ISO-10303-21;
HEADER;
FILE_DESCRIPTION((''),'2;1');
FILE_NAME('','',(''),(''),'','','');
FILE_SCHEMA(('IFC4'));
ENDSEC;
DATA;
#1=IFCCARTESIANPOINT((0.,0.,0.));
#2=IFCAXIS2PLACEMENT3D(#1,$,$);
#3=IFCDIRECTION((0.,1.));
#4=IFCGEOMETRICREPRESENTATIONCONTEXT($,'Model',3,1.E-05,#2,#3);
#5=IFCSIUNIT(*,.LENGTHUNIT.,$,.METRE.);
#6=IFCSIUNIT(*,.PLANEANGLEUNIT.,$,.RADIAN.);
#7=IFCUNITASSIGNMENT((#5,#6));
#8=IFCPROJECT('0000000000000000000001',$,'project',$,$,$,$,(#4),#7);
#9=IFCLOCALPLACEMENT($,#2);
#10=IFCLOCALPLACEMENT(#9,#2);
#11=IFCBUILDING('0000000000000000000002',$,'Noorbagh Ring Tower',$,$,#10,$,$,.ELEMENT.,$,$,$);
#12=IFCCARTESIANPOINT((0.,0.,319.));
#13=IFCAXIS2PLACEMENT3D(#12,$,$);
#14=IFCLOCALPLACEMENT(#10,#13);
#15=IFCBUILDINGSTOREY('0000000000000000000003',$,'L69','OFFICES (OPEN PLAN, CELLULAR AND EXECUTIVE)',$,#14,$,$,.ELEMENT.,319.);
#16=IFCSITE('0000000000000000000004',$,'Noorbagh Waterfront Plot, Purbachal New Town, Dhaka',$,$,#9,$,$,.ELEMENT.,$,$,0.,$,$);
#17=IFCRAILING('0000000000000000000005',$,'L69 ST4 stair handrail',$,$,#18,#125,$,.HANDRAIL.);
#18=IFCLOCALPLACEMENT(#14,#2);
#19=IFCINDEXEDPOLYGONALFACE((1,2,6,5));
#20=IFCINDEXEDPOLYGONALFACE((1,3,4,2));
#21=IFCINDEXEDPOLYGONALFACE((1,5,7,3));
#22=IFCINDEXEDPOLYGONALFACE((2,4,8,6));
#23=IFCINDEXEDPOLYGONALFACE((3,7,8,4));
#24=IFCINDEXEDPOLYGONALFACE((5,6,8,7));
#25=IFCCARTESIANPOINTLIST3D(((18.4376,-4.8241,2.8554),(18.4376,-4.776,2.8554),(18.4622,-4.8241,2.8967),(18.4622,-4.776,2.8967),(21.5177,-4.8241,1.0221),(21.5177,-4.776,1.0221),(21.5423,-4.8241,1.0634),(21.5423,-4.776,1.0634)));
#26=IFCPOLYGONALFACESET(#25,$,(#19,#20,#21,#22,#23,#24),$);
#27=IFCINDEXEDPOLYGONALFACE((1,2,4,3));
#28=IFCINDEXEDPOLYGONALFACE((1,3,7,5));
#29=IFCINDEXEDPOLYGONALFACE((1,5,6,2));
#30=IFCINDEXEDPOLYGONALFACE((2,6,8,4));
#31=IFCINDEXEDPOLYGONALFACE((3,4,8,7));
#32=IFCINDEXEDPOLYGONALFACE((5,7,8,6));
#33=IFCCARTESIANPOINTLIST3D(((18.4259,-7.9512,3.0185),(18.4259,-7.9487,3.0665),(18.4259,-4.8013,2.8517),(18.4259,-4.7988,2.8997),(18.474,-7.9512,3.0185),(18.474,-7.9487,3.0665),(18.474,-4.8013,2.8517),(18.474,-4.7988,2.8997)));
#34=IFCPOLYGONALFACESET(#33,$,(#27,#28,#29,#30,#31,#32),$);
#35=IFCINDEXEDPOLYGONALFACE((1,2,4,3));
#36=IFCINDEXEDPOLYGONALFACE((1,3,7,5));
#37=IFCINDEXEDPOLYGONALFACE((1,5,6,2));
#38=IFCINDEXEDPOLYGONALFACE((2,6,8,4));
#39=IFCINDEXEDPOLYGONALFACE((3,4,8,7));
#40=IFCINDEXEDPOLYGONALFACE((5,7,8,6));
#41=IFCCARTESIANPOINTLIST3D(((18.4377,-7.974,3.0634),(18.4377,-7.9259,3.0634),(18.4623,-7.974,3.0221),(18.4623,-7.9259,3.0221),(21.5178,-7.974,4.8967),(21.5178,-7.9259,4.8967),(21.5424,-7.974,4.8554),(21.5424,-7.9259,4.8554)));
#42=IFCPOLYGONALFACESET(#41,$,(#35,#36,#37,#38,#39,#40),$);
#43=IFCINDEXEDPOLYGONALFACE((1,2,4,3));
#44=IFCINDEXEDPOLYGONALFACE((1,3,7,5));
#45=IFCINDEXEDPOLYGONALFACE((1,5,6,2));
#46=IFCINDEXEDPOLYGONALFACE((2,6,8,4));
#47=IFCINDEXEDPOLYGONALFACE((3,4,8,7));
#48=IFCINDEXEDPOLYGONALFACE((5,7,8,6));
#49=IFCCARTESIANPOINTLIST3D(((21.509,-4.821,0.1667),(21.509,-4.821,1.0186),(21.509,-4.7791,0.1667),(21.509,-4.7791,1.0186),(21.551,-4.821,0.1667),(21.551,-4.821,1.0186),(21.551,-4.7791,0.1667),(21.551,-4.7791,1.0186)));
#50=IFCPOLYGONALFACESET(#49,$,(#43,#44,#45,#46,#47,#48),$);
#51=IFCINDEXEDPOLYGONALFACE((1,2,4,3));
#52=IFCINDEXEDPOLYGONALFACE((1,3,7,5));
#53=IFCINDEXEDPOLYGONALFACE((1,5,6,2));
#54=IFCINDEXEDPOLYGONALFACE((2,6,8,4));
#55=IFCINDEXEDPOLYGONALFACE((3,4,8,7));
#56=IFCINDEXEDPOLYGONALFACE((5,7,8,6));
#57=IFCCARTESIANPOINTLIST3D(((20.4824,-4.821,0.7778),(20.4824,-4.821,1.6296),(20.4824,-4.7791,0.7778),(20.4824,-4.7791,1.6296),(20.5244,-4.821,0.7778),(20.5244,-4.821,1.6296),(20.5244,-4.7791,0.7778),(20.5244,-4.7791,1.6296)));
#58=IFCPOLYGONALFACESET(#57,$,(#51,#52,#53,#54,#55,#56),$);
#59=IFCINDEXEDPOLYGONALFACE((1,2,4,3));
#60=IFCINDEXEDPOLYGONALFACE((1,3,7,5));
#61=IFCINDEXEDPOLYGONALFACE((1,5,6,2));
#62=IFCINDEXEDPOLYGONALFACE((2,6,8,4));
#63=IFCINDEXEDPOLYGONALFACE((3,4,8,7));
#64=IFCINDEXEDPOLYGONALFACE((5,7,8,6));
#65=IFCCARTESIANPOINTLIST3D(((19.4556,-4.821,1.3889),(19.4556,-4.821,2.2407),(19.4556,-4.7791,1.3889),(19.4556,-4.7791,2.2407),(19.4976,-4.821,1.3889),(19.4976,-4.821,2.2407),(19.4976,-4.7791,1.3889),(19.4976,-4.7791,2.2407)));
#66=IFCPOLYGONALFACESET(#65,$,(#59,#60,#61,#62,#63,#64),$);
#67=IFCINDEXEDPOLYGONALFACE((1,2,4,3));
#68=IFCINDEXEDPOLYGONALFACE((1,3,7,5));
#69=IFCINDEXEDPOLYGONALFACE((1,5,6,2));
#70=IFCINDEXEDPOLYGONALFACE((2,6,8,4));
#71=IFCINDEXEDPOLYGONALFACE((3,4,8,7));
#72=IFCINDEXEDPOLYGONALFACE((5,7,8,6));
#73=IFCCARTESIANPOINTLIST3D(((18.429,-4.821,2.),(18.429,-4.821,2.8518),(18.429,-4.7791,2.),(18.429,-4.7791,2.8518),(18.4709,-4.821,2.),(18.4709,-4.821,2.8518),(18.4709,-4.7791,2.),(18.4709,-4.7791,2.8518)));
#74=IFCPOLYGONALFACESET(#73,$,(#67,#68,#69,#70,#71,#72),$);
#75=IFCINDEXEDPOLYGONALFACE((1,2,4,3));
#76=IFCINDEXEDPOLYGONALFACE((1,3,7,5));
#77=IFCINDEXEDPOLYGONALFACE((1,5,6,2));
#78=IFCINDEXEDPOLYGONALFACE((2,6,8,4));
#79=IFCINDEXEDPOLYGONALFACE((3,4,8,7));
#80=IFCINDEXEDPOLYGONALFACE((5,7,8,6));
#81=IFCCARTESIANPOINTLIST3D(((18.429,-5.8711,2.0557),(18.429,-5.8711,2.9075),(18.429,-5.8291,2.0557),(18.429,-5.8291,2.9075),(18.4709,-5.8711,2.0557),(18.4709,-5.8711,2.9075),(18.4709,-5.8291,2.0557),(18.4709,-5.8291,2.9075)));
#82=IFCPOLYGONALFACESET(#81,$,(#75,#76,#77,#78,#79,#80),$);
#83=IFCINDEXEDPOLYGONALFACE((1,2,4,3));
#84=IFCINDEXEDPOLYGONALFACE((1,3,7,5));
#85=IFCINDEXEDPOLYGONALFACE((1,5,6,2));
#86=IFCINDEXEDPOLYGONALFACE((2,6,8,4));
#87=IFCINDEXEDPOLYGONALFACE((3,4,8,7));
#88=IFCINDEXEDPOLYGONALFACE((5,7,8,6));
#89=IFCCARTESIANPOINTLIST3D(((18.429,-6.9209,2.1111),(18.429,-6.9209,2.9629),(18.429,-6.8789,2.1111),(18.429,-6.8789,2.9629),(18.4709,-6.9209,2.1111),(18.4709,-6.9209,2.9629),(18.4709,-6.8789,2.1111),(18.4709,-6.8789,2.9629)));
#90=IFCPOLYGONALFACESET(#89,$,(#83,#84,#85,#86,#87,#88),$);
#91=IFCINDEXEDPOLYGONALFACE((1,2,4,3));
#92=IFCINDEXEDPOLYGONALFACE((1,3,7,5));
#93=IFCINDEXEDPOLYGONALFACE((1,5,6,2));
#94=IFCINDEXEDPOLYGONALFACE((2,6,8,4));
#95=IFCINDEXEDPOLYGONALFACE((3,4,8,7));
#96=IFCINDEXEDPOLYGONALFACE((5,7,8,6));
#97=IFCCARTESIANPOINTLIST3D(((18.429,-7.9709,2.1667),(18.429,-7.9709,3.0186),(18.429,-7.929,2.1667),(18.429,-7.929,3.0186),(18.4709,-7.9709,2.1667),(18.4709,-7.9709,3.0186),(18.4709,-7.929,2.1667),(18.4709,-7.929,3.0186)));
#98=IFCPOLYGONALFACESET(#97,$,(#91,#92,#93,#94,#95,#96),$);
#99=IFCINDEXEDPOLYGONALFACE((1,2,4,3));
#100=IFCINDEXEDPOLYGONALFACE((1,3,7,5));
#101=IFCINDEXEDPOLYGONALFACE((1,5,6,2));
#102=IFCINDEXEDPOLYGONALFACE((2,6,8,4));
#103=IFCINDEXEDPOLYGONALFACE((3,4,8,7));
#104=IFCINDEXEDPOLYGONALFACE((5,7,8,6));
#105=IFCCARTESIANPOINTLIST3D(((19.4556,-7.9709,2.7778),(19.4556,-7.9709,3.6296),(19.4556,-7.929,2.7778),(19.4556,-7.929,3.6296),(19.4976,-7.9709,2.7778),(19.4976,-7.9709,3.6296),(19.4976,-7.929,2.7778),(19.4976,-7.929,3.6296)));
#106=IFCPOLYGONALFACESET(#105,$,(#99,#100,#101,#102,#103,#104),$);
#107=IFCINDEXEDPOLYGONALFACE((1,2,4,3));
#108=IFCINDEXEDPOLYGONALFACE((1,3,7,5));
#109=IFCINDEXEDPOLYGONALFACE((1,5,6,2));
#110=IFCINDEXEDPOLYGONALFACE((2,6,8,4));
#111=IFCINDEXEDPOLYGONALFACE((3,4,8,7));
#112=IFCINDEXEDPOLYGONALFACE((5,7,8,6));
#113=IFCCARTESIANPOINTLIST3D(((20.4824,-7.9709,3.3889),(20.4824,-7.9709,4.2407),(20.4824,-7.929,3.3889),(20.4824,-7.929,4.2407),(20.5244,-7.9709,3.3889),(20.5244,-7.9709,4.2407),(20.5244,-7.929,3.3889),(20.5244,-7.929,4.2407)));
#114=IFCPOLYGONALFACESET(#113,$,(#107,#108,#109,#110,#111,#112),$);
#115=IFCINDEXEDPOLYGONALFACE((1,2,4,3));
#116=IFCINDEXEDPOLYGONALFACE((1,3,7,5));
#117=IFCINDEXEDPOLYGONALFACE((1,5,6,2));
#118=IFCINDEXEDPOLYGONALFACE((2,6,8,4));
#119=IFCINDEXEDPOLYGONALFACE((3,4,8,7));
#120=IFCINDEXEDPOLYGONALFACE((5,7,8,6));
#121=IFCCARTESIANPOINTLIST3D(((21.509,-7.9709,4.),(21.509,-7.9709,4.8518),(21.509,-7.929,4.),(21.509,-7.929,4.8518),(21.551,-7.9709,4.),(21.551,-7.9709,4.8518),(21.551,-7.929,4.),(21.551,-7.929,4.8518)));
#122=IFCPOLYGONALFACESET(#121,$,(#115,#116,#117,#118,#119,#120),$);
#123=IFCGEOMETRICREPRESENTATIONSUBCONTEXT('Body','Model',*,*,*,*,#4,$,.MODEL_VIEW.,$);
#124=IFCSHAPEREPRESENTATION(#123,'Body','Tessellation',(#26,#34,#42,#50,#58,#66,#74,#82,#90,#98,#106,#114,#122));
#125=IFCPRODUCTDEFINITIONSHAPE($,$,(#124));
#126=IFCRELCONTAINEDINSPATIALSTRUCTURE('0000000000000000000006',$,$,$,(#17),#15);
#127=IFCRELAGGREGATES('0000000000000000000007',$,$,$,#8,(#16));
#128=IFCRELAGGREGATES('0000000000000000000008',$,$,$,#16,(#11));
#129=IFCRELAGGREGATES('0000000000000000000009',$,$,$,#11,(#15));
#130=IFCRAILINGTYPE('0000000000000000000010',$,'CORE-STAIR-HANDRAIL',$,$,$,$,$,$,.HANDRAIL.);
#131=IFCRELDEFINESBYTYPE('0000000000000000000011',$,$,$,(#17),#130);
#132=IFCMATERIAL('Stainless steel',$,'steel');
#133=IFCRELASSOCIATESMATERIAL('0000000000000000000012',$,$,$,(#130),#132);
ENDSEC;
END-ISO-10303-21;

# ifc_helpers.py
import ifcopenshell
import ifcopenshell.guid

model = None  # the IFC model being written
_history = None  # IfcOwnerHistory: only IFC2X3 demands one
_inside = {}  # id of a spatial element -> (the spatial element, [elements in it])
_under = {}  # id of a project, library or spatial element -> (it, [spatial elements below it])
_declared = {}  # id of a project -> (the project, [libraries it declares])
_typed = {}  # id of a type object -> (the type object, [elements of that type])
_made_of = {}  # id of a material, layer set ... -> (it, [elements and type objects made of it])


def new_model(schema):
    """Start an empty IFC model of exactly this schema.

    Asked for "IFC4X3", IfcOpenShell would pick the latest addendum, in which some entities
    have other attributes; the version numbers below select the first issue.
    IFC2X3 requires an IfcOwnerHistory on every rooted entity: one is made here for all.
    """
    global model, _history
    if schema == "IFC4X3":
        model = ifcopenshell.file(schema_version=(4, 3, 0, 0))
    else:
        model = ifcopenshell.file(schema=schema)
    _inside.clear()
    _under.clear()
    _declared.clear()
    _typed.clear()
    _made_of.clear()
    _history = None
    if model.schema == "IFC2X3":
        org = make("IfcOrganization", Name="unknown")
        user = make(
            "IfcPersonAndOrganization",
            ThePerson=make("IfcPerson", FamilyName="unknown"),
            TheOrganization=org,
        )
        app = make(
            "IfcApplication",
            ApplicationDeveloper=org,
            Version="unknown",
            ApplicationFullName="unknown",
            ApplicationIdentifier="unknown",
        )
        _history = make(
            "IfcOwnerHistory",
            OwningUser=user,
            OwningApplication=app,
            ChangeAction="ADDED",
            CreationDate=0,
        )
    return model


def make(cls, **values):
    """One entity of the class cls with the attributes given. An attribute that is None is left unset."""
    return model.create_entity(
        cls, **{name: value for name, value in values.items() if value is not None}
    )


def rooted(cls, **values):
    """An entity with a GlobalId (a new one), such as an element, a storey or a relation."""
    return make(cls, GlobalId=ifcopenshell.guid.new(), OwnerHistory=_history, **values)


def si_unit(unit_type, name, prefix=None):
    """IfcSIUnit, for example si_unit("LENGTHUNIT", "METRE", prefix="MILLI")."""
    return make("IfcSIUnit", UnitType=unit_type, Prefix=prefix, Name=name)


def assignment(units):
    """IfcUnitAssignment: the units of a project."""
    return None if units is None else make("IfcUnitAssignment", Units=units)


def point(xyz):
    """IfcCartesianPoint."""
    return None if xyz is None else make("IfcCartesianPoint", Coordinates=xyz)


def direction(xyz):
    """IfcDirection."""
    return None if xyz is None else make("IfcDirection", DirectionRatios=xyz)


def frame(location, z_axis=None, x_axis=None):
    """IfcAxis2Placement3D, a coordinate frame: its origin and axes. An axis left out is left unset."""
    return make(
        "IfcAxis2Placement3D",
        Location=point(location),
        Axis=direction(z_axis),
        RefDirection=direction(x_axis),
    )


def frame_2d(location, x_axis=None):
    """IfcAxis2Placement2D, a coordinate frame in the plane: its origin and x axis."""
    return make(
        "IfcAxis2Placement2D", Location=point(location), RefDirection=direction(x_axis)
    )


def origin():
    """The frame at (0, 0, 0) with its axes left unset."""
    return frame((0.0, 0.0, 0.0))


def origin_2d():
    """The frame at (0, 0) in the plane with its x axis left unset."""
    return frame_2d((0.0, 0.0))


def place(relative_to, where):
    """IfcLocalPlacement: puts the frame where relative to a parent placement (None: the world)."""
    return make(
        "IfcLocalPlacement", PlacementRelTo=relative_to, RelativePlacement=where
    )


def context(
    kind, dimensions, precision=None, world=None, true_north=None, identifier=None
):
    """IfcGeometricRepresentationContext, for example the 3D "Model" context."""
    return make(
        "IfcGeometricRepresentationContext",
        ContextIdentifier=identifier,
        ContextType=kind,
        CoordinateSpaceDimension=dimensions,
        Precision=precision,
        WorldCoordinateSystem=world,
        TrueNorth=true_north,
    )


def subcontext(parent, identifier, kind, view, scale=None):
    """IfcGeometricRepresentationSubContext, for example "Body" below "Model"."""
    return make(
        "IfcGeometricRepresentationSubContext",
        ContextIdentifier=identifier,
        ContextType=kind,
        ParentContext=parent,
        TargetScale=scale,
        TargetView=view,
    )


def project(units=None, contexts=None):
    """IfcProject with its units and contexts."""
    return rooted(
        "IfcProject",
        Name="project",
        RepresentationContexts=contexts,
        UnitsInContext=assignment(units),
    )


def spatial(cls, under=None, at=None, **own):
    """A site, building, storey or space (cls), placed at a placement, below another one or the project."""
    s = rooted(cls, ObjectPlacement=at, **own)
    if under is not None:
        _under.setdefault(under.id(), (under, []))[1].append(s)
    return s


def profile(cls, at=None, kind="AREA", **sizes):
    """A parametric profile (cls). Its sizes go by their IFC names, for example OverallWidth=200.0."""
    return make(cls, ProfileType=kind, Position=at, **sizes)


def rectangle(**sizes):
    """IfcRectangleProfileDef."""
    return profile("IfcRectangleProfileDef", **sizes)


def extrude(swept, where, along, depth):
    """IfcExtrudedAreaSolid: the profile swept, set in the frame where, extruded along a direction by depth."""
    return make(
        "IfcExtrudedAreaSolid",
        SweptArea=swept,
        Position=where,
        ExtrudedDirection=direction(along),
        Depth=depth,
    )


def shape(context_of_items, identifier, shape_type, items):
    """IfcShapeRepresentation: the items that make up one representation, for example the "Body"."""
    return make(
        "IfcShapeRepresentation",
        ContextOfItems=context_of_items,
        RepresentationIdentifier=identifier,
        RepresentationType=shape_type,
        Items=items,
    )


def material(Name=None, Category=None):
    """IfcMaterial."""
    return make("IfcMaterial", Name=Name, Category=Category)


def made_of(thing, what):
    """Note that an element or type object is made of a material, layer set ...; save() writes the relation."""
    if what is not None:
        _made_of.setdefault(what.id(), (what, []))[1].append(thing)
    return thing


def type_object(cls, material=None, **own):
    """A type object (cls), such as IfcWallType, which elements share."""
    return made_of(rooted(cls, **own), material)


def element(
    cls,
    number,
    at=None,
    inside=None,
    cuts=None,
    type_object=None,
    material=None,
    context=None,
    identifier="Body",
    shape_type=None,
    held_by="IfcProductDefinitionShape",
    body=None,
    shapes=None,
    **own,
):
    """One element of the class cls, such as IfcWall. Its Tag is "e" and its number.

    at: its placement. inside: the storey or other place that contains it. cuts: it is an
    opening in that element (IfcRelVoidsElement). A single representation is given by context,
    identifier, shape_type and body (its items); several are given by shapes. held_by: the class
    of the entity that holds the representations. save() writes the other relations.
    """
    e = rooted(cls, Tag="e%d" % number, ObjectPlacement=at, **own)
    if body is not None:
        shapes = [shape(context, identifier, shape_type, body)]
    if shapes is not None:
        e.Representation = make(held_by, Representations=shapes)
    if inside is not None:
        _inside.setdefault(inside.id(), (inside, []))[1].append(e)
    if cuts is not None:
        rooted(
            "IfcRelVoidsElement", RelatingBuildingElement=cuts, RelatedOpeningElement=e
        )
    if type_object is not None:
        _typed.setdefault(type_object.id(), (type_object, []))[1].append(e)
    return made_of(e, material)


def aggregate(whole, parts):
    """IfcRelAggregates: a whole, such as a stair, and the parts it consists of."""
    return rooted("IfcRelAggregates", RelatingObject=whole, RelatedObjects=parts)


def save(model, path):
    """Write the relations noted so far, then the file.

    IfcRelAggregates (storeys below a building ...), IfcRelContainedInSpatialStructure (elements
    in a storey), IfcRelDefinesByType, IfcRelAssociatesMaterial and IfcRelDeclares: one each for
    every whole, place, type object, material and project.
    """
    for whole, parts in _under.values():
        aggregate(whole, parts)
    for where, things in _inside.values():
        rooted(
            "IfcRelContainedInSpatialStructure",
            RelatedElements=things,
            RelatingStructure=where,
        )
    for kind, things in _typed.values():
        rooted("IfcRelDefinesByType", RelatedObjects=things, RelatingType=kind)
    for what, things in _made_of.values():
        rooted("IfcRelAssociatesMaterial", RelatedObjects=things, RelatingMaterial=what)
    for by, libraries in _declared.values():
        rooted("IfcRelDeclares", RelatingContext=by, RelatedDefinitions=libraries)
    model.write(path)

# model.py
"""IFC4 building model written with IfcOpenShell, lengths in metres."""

from ifc_helpers import new_model, si_unit, direction, frame, origin, origin_2d, place, context, subcontext, project, spatial, rectangle, extrude, material, type_object, element, save


model = new_model("IFC4")

# Units and contexts
model_context = context("Model", 3, precision=1e-05, world=origin(), true_north=direction((0.0, 1.0)))
body_context = subcontext(model_context, "Body", "Model", "MODEL_VIEW")
ifc_project = project(units=[si_unit("LENGTHUNIT", "METRE"), si_unit("PLANEANGLEUNIT", "RADIAN")], contexts=[model_context])

# Site, building, storey
site_placement = place(None, origin())
site = spatial("IfcSite", under=ifc_project, at=site_placement, Name="Noorbagh Waterfront Plot, Purbachal New Town, Dhaka", CompositionType="ELEMENT", RefElevation=0.0)
building_placement = place(site_placement, origin())
building = spatial("IfcBuilding", under=site, at=building_placement, Name="Noorbagh Ring Tower", CompositionType="ELEMENT")
storey_placement = place(building_placement, frame((0.0, 0.0, 319.0)))
storey = spatial("IfcBuildingStorey", under=building, at=storey_placement, Name="L69", Description="OFFICES (OPEN PLAN, CELLULAR AND EXECUTIVE)", CompositionType="ELEMENT", Elevation=319.0)

# Railing
ifc_material_1 = material(Name="Stainless steel", Category="steel")
railing_type_1 = type_object("IfcRailingType", Name="CORE-STAIR-HANDRAIL", PredefinedType="HANDRAIL", material=ifc_material_1)
railing_1_placement = place(storey_placement, frame((21.53, -4.8, 0.1667)))
element("IfcRailing", 1, at=railing_1_placement, inside=storey, type_object=railing_type_1, Name="L69 ST4 stair handrail", PredefinedType="HANDRAIL", context=body_context, shape_type="SweptSolid", body=[
    extrude(rectangle(XDim=0.0481, YDim=0.0481, at=origin_2d()), frame((0.0, 0.0, 0.876), z_axis=(-0.859309, 0.0, 0.511458), x_axis=(0.0, -1.0, 0.0)), (0.0, 0.0, 1.0), 3.5845),
    extrude(rectangle(XDim=0.0481, YDim=0.0481, at=origin_2d()), frame((-3.0801, 0.0, 2.709), z_axis=(0.0, -0.998602, 0.052864), x_axis=(1.0, 0.0, 0.0)), (0.0, 0.0, 1.0), 3.1543),
    extrude(rectangle(XDim=0.0481, YDim=0.0481, at=origin_2d()), frame((-3.0801, -3.1499, 2.876), z_axis=(0.859309, 0.0, 0.511458), x_axis=(0.0, 1.0, 0.0)), (0.0, 0.0, 1.0), 3.5845),
    extrude(rectangle(XDim=0.042, YDim=0.042, at=origin_2d()), origin(), (0.0, 0.0, 1.0), 0.8518),
    extrude(rectangle(XDim=0.042, YDim=0.042, at=origin_2d()), frame((-1.0266, 0.0, 0.6111)), (0.0, 0.0, 1.0), 0.8518),
    extrude(rectangle(XDim=0.042, YDim=0.042, at=origin_2d()), frame((-2.0535, 0.0, 1.2222)), (0.0, 0.0, 1.0), 0.8518),
    extrude(rectangle(XDim=0.042, YDim=0.042, at=origin_2d()), frame((-3.0801, 0.0, 1.8333)), (0.0, 0.0, 1.0), 0.8518),
    extrude(rectangle(XDim=0.042, YDim=0.042, at=origin_2d()), frame((-3.0801, -1.05, 1.8889)), (0.0, 0.0, 1.0), 0.8518),
    extrude(rectangle(XDim=0.042, YDim=0.042, at=origin_2d()), frame((-3.0801, -2.0999, 1.9443)), (0.0, 0.0, 1.0), 0.8518),
    extrude(rectangle(XDim=0.042, YDim=0.042, at=origin_2d()), frame((-3.0801, -3.1499, 2.0)), (0.0, 0.0, 1.0), 0.8518),
    extrude(rectangle(XDim=0.042, YDim=0.042, at=origin_2d()), frame((-2.0535, -3.1499, 2.6111)), (0.0, 0.0, 1.0), 0.8518),
    extrude(rectangle(XDim=0.042, YDim=0.042, at=origin_2d()), frame((-1.0266, -3.1499, 3.2222)), (0.0, 0.0, 1.0), 0.8518),
    extrude(rectangle(XDim=0.042, YDim=0.042, at=origin_2d()), frame((0.0, -3.1499, 3.8333)), (0.0, 0.0, 1.0), 0.8518),
])

save(model, "model.ifc")
